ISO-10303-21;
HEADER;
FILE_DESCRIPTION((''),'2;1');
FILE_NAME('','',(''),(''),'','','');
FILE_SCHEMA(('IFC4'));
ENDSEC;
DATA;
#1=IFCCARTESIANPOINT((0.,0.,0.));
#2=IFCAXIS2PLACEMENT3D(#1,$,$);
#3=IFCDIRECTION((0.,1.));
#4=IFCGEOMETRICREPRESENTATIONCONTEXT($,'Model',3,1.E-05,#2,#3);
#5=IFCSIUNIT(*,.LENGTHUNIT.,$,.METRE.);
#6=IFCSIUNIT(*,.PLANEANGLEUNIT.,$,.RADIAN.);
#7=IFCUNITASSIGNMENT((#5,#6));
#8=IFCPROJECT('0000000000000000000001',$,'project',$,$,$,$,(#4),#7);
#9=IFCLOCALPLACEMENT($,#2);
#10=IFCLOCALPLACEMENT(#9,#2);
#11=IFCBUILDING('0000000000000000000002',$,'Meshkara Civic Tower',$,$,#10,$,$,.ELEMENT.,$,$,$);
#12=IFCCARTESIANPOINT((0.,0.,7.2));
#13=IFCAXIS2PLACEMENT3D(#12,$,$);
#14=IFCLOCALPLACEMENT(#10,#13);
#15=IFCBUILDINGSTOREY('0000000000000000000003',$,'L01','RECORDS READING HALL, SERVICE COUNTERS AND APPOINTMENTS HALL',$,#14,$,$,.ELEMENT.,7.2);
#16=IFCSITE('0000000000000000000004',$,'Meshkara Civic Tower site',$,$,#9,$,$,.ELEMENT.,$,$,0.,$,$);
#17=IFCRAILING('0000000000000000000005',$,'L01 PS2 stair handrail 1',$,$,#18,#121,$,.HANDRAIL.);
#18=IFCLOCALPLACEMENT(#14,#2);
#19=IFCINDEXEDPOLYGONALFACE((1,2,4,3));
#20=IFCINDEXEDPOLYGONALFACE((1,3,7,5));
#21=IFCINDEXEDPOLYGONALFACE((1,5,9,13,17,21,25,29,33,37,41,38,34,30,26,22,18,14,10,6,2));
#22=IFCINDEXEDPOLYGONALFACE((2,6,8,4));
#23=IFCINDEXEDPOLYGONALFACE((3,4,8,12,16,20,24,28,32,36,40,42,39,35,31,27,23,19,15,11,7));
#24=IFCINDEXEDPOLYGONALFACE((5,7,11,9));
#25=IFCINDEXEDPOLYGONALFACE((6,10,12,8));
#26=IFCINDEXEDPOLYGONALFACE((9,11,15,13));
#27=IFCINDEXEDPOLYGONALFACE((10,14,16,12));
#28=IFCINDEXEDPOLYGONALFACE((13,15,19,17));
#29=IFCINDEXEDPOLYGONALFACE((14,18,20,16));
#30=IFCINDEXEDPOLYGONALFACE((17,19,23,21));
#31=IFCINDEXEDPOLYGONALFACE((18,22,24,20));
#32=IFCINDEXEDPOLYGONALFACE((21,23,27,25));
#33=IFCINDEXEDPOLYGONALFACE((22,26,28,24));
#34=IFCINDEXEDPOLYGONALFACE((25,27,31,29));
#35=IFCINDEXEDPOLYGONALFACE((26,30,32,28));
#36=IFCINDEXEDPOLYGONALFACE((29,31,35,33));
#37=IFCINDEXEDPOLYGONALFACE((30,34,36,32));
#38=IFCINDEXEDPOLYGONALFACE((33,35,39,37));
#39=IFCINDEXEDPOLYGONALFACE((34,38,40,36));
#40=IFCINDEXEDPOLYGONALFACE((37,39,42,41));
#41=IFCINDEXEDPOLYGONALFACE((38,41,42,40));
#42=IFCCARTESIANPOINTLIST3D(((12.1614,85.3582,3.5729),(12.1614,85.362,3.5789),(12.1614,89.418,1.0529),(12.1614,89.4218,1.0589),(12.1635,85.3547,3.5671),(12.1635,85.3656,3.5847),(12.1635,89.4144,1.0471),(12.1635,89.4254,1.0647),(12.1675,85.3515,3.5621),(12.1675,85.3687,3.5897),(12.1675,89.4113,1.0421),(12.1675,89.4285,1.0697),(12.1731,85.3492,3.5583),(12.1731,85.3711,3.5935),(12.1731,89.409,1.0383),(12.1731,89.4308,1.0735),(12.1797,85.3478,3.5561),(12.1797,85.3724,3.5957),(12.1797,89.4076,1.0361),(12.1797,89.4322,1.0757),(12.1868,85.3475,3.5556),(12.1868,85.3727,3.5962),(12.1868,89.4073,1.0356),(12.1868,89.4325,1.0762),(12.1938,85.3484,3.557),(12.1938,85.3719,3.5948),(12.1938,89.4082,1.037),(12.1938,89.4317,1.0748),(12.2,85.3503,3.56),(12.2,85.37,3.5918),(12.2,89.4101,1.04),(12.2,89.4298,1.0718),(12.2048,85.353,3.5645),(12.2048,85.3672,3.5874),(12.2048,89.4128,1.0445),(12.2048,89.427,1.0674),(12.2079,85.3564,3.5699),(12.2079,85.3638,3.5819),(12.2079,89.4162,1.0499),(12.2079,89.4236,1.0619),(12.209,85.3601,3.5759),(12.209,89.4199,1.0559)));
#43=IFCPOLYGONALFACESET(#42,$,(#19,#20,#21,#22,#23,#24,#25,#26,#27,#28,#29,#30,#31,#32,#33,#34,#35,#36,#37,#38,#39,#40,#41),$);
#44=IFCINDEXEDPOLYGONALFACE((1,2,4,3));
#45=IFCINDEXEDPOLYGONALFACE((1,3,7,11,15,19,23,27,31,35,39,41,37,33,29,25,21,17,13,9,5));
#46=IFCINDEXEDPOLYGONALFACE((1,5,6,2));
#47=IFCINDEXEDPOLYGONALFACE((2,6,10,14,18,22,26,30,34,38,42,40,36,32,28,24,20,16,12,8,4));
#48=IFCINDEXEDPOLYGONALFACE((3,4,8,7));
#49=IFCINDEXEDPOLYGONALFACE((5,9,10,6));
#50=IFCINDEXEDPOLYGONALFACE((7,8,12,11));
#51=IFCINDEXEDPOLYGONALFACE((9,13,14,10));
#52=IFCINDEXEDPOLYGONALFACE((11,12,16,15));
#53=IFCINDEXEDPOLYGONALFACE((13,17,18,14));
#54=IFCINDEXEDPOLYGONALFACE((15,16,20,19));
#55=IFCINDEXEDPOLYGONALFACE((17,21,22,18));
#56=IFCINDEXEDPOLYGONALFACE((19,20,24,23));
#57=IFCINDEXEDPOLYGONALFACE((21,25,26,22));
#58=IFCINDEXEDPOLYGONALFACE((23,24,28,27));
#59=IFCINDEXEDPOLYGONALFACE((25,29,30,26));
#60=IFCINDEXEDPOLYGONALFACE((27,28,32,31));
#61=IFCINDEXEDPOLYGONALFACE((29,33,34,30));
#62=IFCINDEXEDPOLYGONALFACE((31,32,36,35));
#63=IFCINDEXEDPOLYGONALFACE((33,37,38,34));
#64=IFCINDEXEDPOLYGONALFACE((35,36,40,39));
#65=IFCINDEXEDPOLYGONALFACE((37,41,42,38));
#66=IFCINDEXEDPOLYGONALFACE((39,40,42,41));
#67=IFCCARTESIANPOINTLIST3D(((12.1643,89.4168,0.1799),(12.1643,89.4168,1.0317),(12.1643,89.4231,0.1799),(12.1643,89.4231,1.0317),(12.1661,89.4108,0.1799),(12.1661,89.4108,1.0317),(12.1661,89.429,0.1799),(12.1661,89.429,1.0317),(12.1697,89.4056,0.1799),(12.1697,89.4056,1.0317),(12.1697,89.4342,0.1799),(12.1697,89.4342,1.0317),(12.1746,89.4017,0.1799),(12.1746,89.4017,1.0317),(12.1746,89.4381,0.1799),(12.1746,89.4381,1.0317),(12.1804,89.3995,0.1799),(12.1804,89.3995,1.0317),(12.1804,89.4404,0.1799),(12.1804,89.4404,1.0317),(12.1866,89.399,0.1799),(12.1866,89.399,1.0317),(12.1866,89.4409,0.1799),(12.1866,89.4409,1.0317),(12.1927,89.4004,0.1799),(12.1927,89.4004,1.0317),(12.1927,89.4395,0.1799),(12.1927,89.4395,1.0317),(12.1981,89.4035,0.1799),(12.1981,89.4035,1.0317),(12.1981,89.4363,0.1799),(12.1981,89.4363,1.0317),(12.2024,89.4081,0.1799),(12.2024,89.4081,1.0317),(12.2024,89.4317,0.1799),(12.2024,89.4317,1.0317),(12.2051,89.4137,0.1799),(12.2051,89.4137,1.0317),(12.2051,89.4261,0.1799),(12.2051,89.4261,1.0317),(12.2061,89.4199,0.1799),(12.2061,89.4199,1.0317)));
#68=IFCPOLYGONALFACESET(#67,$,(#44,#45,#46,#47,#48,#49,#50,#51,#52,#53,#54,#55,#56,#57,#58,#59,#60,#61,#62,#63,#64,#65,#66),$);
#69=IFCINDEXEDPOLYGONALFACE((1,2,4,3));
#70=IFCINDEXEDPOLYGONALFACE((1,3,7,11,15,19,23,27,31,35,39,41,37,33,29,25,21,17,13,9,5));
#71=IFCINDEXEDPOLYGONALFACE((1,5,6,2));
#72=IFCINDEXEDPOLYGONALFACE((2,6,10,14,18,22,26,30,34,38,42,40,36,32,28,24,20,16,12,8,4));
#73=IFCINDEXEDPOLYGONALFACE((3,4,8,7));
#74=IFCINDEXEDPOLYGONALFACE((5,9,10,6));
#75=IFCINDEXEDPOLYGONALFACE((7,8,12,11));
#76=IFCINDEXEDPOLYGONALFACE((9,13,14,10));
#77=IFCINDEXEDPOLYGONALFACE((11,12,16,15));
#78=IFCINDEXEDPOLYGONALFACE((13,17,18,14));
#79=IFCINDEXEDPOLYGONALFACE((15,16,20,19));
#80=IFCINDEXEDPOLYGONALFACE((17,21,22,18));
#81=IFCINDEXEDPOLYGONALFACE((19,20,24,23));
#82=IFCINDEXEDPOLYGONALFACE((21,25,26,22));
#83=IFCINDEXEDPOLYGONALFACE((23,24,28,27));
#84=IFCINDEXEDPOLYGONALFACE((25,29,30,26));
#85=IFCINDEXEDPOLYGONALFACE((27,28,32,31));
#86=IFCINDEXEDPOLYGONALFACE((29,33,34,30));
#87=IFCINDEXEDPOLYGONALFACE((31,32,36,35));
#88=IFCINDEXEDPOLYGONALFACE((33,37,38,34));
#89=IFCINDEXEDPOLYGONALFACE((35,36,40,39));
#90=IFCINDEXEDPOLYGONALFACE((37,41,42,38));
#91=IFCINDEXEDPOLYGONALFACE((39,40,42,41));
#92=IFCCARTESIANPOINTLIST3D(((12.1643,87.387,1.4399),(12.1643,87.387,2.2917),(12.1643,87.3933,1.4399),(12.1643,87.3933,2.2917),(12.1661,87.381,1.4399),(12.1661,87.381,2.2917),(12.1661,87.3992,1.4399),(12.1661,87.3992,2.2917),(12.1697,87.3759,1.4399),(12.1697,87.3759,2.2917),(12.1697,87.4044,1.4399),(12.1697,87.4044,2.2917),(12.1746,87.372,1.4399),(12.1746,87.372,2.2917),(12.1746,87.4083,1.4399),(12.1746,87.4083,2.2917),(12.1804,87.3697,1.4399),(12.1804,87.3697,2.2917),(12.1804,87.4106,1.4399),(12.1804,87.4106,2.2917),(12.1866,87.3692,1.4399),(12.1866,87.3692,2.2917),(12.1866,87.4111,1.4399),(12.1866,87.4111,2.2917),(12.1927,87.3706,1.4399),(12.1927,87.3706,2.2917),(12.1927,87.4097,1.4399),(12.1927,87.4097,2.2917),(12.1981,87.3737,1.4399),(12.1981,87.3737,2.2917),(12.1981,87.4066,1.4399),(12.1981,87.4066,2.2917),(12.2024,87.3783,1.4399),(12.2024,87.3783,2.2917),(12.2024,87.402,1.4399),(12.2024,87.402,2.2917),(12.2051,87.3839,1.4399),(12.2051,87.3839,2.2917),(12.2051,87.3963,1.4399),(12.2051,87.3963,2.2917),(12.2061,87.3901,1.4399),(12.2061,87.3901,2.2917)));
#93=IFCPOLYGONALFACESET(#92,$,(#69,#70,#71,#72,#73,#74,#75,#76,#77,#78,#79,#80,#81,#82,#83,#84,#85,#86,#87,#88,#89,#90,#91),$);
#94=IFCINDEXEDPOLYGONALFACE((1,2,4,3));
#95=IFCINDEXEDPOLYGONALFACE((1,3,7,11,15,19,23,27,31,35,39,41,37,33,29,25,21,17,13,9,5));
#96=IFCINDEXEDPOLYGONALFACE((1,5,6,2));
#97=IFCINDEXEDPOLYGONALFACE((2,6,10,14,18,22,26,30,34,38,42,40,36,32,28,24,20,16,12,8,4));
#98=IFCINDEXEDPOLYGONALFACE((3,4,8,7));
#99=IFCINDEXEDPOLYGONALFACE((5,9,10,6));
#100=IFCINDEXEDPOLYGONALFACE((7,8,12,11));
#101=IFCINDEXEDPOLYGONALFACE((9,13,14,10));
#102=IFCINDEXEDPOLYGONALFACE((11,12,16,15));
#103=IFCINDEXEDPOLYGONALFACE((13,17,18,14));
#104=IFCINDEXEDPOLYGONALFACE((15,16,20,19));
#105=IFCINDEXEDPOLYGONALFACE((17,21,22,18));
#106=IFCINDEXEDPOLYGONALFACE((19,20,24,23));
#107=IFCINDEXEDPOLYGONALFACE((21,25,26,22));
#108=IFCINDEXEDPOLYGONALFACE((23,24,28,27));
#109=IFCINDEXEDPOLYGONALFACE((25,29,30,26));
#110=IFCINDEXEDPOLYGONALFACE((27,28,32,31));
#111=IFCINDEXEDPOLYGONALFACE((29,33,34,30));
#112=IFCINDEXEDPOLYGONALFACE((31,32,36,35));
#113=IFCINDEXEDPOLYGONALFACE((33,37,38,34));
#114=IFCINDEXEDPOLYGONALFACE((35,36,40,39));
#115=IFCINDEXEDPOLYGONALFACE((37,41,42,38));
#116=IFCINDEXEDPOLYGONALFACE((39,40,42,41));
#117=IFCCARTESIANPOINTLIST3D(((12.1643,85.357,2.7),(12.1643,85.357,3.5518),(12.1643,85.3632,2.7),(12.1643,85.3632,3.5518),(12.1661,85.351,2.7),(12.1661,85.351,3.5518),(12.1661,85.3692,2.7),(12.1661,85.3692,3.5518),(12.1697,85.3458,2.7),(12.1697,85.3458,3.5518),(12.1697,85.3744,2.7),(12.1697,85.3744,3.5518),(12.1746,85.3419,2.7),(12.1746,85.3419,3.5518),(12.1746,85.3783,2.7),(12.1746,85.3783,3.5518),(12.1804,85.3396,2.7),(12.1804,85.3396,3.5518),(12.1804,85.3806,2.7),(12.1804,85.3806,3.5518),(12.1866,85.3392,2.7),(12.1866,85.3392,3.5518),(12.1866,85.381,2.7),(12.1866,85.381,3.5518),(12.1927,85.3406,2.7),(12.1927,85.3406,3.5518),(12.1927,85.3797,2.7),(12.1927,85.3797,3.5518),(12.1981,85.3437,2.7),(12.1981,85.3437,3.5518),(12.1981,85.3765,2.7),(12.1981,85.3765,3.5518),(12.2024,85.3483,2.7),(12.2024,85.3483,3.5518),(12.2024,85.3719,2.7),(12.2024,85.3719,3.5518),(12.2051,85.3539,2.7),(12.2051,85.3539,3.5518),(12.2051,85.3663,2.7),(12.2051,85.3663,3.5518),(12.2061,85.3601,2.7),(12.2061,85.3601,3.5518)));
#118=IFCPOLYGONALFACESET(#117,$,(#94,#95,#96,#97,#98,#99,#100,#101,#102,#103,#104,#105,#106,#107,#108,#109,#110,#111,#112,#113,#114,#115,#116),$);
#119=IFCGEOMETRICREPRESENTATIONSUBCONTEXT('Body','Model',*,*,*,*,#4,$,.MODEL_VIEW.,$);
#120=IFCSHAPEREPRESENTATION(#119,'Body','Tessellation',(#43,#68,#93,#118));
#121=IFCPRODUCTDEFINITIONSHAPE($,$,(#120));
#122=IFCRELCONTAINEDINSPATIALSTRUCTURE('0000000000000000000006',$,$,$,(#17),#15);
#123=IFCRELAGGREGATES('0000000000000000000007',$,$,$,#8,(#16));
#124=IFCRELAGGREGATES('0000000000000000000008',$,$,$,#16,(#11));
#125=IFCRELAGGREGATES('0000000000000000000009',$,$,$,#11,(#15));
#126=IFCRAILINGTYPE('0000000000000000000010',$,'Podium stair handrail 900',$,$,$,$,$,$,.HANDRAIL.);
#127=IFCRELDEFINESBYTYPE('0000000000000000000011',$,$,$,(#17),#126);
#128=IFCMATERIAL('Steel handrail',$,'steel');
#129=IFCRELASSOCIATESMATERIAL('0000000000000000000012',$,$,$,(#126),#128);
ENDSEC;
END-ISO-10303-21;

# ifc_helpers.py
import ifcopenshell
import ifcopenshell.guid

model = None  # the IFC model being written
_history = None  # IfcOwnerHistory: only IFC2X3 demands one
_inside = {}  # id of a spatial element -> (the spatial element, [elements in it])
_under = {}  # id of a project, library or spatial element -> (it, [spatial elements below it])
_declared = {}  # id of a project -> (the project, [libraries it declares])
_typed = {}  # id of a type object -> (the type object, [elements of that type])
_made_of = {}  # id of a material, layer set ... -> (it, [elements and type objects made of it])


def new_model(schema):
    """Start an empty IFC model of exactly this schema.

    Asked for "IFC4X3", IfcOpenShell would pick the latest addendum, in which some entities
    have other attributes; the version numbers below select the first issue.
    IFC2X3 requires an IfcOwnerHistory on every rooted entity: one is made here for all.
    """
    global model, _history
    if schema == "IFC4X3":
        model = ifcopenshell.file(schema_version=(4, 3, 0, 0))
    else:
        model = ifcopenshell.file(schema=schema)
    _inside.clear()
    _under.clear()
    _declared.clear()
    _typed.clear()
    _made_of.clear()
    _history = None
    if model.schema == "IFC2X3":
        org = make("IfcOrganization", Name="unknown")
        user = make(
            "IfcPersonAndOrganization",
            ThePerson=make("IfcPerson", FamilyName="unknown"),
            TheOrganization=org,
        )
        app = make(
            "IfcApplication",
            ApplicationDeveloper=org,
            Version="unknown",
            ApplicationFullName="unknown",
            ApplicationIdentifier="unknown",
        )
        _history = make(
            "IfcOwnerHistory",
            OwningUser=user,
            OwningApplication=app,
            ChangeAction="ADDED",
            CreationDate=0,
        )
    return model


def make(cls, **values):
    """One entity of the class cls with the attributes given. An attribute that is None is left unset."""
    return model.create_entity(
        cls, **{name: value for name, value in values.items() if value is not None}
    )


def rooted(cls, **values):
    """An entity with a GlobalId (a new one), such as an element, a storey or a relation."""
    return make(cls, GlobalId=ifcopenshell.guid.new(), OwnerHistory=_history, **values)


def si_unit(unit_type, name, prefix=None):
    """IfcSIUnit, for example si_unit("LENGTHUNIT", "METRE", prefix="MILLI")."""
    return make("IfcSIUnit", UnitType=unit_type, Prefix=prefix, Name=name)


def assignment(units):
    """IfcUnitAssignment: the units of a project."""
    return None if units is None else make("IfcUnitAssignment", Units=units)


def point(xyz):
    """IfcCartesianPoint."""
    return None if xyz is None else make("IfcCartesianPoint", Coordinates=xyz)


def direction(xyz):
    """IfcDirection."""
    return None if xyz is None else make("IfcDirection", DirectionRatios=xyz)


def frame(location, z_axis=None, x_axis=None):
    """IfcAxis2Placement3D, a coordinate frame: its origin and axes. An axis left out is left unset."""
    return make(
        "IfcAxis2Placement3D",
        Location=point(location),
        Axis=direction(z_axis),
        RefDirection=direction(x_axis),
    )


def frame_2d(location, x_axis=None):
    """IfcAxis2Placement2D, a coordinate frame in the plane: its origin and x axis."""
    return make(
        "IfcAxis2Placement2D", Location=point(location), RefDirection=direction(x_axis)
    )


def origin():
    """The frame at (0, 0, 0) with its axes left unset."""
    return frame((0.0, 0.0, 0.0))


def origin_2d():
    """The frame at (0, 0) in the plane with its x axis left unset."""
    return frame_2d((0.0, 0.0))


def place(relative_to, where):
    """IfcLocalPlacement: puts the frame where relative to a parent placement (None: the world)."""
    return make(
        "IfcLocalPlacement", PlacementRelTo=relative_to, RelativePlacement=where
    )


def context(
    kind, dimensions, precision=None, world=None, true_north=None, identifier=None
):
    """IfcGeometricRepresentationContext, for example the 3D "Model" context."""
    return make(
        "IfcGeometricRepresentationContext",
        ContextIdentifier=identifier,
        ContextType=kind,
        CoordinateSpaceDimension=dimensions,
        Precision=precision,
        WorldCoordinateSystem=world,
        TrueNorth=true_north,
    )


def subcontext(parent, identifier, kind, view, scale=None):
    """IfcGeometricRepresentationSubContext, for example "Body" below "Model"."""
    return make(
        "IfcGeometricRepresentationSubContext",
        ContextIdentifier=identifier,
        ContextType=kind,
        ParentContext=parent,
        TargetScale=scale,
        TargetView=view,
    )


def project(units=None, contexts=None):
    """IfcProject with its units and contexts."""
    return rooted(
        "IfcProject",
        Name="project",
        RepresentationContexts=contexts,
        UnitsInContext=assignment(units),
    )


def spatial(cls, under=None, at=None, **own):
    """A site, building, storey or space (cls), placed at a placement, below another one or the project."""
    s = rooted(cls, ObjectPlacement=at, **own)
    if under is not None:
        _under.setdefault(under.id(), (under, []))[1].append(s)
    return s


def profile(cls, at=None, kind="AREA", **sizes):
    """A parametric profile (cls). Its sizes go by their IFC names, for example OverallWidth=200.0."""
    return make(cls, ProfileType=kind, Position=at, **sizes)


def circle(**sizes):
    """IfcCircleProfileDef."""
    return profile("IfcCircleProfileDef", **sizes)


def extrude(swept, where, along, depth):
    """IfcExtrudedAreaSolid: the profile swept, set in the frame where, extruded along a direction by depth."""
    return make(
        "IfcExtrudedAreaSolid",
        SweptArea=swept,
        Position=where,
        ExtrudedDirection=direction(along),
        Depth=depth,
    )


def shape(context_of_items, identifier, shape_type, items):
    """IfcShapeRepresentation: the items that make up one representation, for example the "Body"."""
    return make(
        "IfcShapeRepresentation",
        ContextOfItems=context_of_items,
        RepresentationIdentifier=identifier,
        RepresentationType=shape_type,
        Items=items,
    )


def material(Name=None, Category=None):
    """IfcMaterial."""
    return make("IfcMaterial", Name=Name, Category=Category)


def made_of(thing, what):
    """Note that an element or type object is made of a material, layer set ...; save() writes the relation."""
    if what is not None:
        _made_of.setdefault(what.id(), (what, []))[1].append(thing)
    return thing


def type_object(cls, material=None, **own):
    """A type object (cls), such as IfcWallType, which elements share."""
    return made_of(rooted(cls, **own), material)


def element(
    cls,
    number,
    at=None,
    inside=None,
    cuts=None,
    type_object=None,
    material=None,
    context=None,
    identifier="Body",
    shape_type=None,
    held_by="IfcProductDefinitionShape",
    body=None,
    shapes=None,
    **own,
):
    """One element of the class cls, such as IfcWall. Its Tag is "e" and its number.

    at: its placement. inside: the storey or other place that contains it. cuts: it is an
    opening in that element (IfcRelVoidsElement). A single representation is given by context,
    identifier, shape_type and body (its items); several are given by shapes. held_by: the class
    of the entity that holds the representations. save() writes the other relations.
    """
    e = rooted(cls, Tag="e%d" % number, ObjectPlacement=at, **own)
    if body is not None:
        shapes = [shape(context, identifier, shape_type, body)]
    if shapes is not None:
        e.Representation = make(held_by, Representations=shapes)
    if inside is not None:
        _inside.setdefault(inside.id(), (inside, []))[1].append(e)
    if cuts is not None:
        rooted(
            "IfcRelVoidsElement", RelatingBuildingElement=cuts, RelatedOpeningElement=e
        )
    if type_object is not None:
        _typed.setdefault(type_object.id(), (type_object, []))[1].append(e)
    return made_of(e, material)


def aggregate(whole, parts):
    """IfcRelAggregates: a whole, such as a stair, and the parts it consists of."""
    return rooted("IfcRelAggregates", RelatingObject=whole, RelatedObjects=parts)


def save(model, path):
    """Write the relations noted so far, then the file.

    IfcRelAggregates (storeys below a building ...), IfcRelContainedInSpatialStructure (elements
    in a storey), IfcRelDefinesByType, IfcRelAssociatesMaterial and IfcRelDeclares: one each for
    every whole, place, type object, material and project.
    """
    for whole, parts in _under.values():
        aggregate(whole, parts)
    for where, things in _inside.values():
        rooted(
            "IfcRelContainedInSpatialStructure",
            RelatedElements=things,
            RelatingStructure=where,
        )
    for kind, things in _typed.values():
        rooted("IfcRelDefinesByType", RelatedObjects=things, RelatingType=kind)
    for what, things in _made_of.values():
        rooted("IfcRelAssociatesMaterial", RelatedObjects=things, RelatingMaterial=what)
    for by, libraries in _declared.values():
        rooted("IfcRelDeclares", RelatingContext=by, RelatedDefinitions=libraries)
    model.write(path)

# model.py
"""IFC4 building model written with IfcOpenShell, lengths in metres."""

from ifc_helpers import new_model, si_unit, direction, frame, origin, origin_2d, place, context, subcontext, project, spatial, circle, extrude, material, type_object, element, save


model = new_model("IFC4")

# Units and contexts
model_context = context("Model", 3, precision=1e-05, world=origin(), true_north=direction((0.0, 1.0)))
body_context = subcontext(model_context, "Body", "Model", "MODEL_VIEW")
ifc_project = project(units=[si_unit("LENGTHUNIT", "METRE"), si_unit("PLANEANGLEUNIT", "RADIAN")], contexts=[model_context])

# Site, building, storey
site_placement = place(None, origin())
site = spatial("IfcSite", under=ifc_project, at=site_placement, Name="Meshkara Civic Tower site", CompositionType="ELEMENT", RefElevation=0.0)
building_placement = place(site_placement, origin())
building = spatial("IfcBuilding", under=site, at=building_placement, Name="Meshkara Civic Tower", CompositionType="ELEMENT")
storey_placement = place(building_placement, frame((0.0, 0.0, 7.2)))
storey = spatial("IfcBuildingStorey", under=building, at=storey_placement, Name="L01", Description="RECORDS READING HALL, SERVICE COUNTERS AND APPOINTMENTS HALL", CompositionType="ELEMENT", Elevation=7.2)

# Railing
ifc_material_1 = material(Name="Steel handrail", Category="steel")
railing_type_1 = type_object("IfcRailingType", Name="Podium stair handrail 900", PredefinedType="HANDRAIL", material=ifc_material_1)
railing_1_placement = place(storey_placement, frame((12.1851, 89.4199, 0.1799)))
element("IfcRailing", 1, at=railing_1_placement, inside=storey, type_object=railing_type_1, Name="L01 PS2 stair handrail 1", PredefinedType="HANDRAIL", context=body_context, shape_type="SweptSolid", body=[
    extrude(circle(Radius=0.0239, at=origin_2d()), frame((0.0, 0.0, 0.876), z_axis=(0.0, -0.849628, 0.527383), x_axis=(1.0, 0.0, 0.0)), (0.0, 0.0, 1.0), 4.7783),
    extrude(circle(Radius=0.021, at=origin_2d()), origin(), (0.0, 0.0, 1.0), 0.8518),
    extrude(circle(Radius=0.021, at=origin_2d()), frame((0.0, -2.0298, 1.26)), (0.0, 0.0, 1.0), 0.8518),
    extrude(circle(Radius=0.021, at=origin_2d()), frame((0.0, -4.0598, 2.52)), (0.0, 0.0, 1.0), 0.8518),
])

save(model, "model.ifc")
